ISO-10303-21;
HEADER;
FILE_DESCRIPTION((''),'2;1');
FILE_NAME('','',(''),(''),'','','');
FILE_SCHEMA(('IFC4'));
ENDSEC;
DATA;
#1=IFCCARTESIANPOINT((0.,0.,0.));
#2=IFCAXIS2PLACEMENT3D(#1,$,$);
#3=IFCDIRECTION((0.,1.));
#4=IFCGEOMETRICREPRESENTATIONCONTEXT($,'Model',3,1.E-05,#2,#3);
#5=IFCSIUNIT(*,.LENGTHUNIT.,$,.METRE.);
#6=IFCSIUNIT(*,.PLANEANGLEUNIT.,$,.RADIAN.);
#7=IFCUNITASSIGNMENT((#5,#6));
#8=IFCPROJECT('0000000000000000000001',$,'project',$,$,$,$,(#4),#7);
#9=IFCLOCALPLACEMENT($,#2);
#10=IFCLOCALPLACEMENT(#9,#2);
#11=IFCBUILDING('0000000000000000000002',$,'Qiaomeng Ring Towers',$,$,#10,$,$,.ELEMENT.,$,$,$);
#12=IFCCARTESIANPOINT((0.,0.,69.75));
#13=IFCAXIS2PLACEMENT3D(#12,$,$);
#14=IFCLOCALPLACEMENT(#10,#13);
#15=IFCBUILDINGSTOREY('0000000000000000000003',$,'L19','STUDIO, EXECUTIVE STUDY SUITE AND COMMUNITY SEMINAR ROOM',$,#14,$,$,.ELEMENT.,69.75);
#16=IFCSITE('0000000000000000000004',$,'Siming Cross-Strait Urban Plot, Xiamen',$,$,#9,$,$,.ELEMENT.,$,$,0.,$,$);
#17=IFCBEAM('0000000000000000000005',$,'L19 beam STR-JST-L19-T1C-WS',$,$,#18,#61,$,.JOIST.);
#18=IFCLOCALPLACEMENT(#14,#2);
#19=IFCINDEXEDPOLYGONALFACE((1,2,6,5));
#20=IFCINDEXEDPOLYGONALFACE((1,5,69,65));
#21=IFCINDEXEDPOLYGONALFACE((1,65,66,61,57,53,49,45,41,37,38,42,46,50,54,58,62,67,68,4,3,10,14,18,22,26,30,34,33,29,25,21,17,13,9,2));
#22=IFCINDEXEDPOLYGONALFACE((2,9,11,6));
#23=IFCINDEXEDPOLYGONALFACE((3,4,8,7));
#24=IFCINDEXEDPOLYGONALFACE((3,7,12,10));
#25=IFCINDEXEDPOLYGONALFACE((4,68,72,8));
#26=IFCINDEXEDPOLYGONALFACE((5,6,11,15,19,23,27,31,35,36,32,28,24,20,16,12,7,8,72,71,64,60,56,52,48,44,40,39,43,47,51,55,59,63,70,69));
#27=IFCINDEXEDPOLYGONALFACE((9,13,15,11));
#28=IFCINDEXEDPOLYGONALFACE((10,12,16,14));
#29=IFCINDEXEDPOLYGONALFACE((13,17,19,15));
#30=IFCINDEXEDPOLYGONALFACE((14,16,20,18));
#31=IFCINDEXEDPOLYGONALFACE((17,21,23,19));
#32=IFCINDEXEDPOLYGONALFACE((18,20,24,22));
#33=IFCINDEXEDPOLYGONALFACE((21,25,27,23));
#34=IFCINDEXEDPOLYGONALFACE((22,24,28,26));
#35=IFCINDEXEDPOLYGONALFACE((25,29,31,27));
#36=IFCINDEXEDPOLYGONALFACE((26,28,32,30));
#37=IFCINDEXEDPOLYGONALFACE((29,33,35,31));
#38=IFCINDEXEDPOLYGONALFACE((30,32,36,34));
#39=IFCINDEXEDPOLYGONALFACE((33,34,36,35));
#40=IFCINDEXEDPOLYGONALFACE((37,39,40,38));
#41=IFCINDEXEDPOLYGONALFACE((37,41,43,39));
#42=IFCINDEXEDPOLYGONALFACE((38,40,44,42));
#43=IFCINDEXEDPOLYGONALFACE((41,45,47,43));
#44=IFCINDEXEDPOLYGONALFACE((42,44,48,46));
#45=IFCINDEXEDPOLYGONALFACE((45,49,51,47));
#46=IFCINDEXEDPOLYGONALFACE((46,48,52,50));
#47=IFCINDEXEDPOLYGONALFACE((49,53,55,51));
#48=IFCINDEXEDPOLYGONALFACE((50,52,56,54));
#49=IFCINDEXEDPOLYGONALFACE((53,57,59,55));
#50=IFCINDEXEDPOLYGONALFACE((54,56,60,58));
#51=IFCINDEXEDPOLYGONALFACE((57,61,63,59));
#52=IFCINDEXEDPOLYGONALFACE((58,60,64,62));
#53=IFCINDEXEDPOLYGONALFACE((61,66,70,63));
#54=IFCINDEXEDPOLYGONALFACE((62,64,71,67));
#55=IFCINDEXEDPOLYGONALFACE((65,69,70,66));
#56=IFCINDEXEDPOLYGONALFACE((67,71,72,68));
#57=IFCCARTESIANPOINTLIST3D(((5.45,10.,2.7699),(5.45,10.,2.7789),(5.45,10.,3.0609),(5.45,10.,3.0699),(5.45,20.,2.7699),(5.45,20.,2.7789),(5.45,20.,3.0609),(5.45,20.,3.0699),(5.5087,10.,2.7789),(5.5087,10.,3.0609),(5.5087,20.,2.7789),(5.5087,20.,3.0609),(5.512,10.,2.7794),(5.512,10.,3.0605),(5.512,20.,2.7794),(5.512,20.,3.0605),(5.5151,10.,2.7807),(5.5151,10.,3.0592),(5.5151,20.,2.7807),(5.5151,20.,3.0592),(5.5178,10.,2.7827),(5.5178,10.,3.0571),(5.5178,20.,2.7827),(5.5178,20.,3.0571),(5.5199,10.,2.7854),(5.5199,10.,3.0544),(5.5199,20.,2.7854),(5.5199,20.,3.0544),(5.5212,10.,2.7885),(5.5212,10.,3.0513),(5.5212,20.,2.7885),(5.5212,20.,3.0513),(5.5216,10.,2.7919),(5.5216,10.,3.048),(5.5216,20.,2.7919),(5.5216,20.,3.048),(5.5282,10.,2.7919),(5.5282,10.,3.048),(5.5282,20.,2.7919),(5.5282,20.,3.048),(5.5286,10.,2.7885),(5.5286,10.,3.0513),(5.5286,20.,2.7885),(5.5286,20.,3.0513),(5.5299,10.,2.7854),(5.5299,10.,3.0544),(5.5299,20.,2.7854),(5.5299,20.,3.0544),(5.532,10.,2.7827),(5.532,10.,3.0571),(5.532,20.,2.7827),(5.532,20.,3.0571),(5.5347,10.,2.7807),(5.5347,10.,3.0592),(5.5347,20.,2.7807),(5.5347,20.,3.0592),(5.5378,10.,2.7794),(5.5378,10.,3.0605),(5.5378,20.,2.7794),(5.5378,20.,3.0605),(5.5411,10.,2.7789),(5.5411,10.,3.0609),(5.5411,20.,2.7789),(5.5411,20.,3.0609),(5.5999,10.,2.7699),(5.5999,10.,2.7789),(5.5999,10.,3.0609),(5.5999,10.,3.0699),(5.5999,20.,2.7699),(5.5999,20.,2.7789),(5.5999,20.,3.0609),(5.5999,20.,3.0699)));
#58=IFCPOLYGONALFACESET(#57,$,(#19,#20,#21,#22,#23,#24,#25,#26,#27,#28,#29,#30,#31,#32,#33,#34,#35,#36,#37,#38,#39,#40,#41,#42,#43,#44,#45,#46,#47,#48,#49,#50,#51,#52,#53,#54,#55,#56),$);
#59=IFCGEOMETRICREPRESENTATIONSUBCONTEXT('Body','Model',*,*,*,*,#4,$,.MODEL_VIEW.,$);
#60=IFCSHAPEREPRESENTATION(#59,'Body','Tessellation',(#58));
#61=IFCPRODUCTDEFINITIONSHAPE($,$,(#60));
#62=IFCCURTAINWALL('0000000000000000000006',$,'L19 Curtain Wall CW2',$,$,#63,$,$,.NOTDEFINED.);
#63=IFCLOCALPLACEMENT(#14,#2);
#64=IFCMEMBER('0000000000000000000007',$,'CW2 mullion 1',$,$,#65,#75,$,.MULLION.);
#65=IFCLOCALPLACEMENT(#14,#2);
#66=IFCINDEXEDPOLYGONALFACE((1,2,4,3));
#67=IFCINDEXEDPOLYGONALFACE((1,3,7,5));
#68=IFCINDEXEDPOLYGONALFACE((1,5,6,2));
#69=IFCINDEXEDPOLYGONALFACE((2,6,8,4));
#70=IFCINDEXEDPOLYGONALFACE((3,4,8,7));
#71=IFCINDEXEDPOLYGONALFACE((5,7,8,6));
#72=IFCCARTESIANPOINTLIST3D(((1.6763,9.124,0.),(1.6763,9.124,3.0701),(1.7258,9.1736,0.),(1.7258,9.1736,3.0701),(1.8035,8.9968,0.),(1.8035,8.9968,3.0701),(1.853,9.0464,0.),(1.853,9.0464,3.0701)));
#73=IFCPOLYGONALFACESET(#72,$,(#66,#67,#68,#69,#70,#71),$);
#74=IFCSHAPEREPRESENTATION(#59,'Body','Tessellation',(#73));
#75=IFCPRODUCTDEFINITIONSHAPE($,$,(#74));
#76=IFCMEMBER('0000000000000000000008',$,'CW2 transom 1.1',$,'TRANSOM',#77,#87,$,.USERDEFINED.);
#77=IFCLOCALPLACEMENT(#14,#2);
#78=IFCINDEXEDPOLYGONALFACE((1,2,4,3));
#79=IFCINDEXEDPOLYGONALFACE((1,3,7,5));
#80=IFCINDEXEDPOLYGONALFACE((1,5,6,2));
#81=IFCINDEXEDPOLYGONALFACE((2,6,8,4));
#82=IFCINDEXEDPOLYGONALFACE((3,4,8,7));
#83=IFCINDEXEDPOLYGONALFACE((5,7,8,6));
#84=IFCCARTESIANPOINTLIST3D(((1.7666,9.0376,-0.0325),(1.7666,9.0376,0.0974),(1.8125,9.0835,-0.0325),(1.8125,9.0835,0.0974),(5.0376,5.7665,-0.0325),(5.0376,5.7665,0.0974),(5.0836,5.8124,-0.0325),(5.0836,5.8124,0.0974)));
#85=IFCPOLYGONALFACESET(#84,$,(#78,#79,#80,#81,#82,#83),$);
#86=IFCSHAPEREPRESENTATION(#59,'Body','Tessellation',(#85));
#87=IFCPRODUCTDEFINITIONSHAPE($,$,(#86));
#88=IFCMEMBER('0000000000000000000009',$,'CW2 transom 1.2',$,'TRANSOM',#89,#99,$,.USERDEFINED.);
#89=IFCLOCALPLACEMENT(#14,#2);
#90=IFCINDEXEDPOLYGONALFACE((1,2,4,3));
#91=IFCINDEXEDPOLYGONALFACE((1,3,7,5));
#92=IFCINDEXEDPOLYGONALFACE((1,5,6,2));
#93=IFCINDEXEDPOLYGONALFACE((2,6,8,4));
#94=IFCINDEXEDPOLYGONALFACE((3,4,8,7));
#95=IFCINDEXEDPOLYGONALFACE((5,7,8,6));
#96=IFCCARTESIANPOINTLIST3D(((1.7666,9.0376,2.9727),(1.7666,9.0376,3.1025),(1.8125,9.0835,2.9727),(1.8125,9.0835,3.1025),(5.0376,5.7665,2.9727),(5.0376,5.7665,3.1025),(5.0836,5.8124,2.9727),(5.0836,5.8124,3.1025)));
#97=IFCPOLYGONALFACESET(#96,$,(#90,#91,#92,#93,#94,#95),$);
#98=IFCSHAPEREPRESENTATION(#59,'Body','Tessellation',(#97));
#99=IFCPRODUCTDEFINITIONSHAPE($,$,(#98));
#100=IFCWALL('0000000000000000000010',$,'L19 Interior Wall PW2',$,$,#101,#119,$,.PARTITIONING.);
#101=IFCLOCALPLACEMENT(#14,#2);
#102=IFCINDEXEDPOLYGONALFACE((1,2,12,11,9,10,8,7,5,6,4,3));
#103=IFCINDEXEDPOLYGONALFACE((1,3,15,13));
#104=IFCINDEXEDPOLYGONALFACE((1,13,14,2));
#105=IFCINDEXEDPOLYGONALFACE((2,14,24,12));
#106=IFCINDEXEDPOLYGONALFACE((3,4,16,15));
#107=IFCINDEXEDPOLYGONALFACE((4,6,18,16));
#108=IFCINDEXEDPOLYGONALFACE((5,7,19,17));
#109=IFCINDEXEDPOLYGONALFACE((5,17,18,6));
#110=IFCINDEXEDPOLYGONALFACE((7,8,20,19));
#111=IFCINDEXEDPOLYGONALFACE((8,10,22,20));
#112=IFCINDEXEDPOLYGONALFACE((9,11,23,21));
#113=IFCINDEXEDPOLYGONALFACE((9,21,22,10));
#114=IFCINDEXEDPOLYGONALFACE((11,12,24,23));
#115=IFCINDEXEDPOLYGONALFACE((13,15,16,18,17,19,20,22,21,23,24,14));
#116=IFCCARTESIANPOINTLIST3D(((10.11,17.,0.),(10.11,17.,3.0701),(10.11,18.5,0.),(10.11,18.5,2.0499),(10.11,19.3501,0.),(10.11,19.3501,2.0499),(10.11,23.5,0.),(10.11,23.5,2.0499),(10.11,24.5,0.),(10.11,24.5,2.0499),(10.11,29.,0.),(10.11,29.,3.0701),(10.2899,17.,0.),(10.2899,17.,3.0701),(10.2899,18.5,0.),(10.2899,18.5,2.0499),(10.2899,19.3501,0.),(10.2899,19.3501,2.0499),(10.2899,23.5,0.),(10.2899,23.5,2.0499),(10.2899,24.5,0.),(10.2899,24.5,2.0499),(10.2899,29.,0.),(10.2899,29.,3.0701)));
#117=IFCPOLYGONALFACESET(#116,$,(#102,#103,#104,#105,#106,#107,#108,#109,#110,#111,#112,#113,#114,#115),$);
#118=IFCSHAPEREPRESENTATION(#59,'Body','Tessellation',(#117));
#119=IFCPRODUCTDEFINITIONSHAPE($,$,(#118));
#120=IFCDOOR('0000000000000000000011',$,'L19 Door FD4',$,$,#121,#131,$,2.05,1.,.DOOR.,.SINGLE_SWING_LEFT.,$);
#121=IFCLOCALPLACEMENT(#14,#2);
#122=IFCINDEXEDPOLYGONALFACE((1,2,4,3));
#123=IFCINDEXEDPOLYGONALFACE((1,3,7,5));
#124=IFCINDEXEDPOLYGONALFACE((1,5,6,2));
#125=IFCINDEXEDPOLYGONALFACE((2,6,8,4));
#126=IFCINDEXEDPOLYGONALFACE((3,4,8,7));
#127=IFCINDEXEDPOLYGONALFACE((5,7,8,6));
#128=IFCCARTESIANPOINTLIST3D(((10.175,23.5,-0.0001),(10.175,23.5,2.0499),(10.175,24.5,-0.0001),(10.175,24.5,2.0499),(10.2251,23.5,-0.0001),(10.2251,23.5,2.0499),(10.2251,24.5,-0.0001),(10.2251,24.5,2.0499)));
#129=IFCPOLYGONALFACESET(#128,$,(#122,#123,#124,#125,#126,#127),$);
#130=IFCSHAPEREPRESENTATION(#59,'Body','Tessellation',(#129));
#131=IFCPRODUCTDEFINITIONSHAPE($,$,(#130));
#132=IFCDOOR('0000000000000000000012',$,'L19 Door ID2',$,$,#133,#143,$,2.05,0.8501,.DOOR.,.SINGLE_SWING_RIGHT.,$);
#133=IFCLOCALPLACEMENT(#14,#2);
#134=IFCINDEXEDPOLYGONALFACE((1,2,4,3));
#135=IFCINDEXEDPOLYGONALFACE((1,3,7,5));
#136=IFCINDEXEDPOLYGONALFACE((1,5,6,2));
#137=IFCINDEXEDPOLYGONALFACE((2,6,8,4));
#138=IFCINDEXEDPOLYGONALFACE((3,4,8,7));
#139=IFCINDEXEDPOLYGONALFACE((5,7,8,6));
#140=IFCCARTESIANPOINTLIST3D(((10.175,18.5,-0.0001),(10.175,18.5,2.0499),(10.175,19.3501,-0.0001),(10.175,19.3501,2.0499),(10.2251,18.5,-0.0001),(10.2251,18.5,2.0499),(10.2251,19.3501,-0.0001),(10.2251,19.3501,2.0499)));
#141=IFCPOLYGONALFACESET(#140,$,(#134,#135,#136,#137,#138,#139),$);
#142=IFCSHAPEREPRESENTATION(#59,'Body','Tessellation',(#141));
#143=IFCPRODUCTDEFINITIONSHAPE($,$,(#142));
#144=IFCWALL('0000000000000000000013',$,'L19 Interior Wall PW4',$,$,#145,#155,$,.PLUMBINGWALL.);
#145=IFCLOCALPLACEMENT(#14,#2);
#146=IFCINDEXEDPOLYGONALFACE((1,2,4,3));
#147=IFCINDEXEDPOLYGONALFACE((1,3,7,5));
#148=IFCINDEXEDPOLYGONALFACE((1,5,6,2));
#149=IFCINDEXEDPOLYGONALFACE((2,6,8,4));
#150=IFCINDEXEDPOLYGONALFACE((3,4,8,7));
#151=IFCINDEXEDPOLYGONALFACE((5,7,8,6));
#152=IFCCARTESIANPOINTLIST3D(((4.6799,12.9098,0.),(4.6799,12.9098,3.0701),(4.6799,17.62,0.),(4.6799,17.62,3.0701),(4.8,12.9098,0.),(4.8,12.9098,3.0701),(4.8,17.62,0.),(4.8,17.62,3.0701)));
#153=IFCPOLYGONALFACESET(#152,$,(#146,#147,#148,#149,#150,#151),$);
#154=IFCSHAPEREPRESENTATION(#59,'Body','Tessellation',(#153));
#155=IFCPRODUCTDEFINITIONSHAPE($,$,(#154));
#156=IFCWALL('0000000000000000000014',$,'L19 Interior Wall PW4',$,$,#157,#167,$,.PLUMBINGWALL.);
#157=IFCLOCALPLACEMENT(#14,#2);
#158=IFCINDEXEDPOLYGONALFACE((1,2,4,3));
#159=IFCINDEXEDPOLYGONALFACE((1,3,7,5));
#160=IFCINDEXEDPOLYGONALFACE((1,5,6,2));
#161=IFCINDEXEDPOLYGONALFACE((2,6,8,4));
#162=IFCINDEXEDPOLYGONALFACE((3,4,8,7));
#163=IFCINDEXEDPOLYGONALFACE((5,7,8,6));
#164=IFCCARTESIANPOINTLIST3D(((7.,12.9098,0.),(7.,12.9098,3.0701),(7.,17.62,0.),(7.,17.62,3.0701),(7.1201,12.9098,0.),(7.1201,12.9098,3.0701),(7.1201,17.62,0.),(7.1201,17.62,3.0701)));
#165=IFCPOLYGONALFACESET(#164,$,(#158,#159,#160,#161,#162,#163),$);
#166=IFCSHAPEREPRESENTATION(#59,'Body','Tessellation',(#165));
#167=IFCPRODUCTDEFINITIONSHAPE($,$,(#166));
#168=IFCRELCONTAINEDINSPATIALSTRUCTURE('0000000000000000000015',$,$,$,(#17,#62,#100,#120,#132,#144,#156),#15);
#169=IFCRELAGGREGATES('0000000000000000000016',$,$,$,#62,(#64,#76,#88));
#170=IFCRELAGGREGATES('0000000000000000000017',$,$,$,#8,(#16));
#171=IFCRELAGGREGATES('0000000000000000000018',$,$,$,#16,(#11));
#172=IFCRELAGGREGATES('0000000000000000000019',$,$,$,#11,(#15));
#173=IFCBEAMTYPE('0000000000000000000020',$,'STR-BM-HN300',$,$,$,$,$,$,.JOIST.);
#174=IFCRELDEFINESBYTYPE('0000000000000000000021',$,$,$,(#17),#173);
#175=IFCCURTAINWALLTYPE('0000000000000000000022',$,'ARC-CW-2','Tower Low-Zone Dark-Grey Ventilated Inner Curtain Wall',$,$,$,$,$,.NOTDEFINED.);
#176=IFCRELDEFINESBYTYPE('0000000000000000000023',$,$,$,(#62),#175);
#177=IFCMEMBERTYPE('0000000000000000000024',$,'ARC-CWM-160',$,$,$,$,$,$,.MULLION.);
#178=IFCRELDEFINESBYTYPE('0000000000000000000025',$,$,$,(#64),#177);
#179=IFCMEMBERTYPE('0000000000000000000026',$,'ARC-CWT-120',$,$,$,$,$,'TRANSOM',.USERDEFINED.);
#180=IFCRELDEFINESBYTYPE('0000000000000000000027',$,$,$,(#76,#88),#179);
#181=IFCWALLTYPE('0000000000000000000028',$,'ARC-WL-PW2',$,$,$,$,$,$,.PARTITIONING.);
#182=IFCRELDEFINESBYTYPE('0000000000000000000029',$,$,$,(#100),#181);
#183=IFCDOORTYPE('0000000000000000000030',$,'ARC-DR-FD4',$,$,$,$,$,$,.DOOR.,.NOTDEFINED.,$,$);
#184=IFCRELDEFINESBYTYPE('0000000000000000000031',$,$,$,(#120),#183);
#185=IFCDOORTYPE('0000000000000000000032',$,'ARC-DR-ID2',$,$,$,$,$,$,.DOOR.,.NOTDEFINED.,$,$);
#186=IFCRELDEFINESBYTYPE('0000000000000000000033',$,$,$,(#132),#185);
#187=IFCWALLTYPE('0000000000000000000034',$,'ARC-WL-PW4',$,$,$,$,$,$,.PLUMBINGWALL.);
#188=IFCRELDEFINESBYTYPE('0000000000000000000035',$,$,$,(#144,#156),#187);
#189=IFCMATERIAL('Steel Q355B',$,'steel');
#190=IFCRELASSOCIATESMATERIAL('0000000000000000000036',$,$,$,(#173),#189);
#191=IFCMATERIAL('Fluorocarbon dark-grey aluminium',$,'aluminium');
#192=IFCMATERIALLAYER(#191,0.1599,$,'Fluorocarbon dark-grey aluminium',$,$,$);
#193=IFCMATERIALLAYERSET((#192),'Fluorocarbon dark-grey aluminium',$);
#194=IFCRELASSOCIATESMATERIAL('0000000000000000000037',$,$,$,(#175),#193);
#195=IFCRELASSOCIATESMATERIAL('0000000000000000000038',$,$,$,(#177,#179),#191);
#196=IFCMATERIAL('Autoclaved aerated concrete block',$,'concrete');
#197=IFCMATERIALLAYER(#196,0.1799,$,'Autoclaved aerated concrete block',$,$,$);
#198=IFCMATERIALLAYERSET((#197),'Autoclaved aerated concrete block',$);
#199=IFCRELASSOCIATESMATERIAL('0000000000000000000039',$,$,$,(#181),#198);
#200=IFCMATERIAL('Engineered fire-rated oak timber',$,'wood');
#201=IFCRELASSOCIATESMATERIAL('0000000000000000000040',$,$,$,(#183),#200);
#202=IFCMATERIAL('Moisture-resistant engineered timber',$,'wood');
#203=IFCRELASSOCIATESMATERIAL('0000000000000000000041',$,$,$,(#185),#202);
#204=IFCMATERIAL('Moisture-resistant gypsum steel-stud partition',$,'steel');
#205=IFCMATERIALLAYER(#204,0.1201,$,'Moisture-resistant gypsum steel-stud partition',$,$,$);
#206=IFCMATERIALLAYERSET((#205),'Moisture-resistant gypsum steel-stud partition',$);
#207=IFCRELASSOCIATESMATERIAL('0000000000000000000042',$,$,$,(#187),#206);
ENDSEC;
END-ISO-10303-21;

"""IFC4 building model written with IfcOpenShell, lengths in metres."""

from ifc_helpers import new_model, si_unit, direction, frame, frame_2d, origin, origin_2d, place, context, subcontext, project, spatial, rectangle, i_section, extrude, source, transform, mapped, material, layer, layer_set, material_profile, profile_set, type_object, element, fill, aggregate, save


model = new_model("IFC4")

# Units and contexts
model_context = context("Model", 3, precision=1e-05, world=origin(), true_north=direction((0.0, 1.0)))
body_context = subcontext(model_context, "Body", "Model", "MODEL_VIEW")
ifc_project = project(units=[si_unit("LENGTHUNIT", "METRE"), si_unit("PLANEANGLEUNIT", "RADIAN")], contexts=[model_context])

# Site, building, storey
site_placement = place(None, origin())
site = spatial("IfcSite", under=ifc_project, at=site_placement, Name="Siming Cross-Strait Urban Plot, Xiamen", CompositionType="ELEMENT", RefElevation=0.0)
building_placement = place(site_placement, origin())
building = spatial("IfcBuilding", under=site, at=building_placement, Name="Qiaomeng Ring Towers", CompositionType="ELEMENT")
storey_placement = place(building_placement, frame((0.0, 0.0, 69.75)))
storey = spatial("IfcBuildingStorey", under=building, at=storey_placement, Name="L19", Description="STUDIO, EXECUTIVE STUDY SUITE AND COMMUNITY SEMINAR ROOM", CompositionType="ELEMENT", Elevation=69.75)

# Beam
ifc_material_1 = material(Name="Steel Q355B", Category="steel")
ifc_material_profile_1 = material_profile(ifc_material_1, i_section(OverallWidth=0.1499, OverallDepth=0.3, WebThickness=0.0066, FlangeThickness=0.009, FilletRadius=0.0129, at=origin_2d()), Name="HN 300x150x6.5x9")
ifc_profile_set_1 = profile_set([ifc_material_profile_1], Name="Steel Q355B")
beam_type = type_object("IfcBeamType", Name="STR-BM-HN300", PredefinedType="JOIST", material=ifc_profile_set_1)
shared_shape_1 = source(origin(), body_context, "Body", "SweptSolid", [
    extrude(i_section(OverallWidth=0.1499, OverallDepth=0.3, WebThickness=0.0066, FlangeThickness=0.009, FilletRadius=0.0129, at=origin_2d()), origin(), (0.0, 0.0, 1.0), 10.0),
])
beam_placement = place(storey_placement, frame((5.5249, 10.0, 2.9199), z_axis=(0.0, 1.0, 0.0), x_axis=(-1.0, 0.0, 0.0)))
element("IfcBeam", 1, at=beam_placement, inside=storey, type_object=beam_type, Name="L19 beam STR-JST-L19-T1C-WS", PredefinedType="JOIST", context=body_context, shape_type="MappedRepresentation", body=[
    mapped(shared_shape_1, transform((0.0, 0.0, 0.0), x_axis=(1.0, 0.0, 0.0), y_axis=(0.0, 1.0, 0.0), z_axis=(0.0, 0.0, 1.0), scale=1.0)),
])

# Curtain wall, members
ifc_material_2 = material(Name="Fluorocarbon dark-grey aluminium", Category="aluminium")
ifc_layer_1 = layer(ifc_material_2, 0.1599, Name="Fluorocarbon dark-grey aluminium")
ifc_layer_set_1 = layer_set([ifc_layer_1], Name="Fluorocarbon dark-grey aluminium")
curtain_wall_type = type_object("IfcCurtainWallType", Name="ARC-CW-2", Description="Tower Low-Zone Dark-Grey Ventilated Inner Curtain Wall", PredefinedType="NOTDEFINED", material=ifc_layer_set_1)
curtain_wall_placement = place(storey_placement, origin())
curtain_wall = element("IfcCurtainWall", 2, at=curtain_wall_placement, inside=storey, type_object=curtain_wall_type, Name="L19 Curtain Wall CW2", PredefinedType="NOTDEFINED")
ifc_material_profile_2 = material_profile(ifc_material_2, rectangle(XDim=0.0701, YDim=0.1799, at=origin_2d()), Name="ALU MULL 70x180")
ifc_profile_set_2 = profile_set([ifc_material_profile_2], Name="Fluorocarbon dark-grey aluminium")
member_type_1 = type_object("IfcMemberType", Name="ARC-CWM-160", PredefinedType="MULLION", material=ifc_profile_set_2)
shared_shape_2 = source(origin(), body_context, "Body", "SweptSolid", [
    extrude(rectangle(XDim=0.0701, YDim=0.1799, at=origin_2d()), origin(), (0.0, 0.0, 1.0), 3.0701),
])
member_1_placement = place(storey_placement, frame((1.7646, 9.0852, 0.0), z_axis=(0.0, 0.0, 1.0), x_axis=(0.707107, 0.707107, 0.0)))
member_1 = element("IfcMember", 3, at=member_1_placement, type_object=member_type_1, Name="CW2 mullion 1", PredefinedType="MULLION", context=body_context, shape_type="MappedRepresentation", body=[
    mapped(shared_shape_2, transform((0.0, 0.0, 0.0), x_axis=(1.0, 0.0, 0.0), y_axis=(0.0, 1.0, 0.0), z_axis=(0.0, 0.0, 1.0), scale=1.0)),
])
ifc_material_profile_3 = material_profile(ifc_material_2, rectangle(XDim=0.0649, YDim=0.1299, at=origin_2d()), Name="ALU TRAN 65x130")
ifc_profile_set_3 = profile_set([ifc_material_profile_3], Name="Fluorocarbon dark-grey aluminium")
member_type_2 = type_object("IfcMemberType", Name="ARC-CWT-120", ElementType="TRANSOM", PredefinedType="USERDEFINED", material=ifc_profile_set_3)
shared_shape_3 = source(origin(), body_context, "Body", "SweptSolid", [
    extrude(rectangle(XDim=0.0649, YDim=0.1299, at=origin_2d()), origin(), (0.0, 0.0, 1.0), 4.626),
])
member_2_placement = place(storey_placement, frame((1.7896, 9.0605, 0.0325), z_axis=(0.707107, -0.707107, 0.0), x_axis=(0.707107, 0.707107, 0.0)))
member_2 = element("IfcMember", 4, at=member_2_placement, type_object=member_type_2, Name="CW2 transom 1.1", ObjectType="TRANSOM", PredefinedType="USERDEFINED", context=body_context, shape_type="MappedRepresentation", body=[
    mapped(shared_shape_3, transform((0.0, 0.0, 0.0), x_axis=(1.0, 0.0, 0.0), y_axis=(0.0, 1.0, 0.0), z_axis=(0.0, 0.0, 1.0), scale=1.0)),
])
member_3_placement = place(storey_placement, frame((1.7896, 9.0605, 3.0376), z_axis=(0.707107, -0.707107, 0.0), x_axis=(0.707107, 0.707107, 0.0)))
member_3 = element("IfcMember", 5, at=member_3_placement, type_object=member_type_2, Name="CW2 transom 1.2", ObjectType="TRANSOM", PredefinedType="USERDEFINED", context=body_context, shape_type="MappedRepresentation", body=[
    mapped(shared_shape_3, transform((0.0, 0.0, 0.0), x_axis=(1.0, 0.0, 0.0), y_axis=(0.0, 1.0, 0.0), z_axis=(0.0, 0.0, 1.0), scale=1.0)),
])
aggregate(curtain_wall, [member_1, member_2, member_3])

# Wall, openings, doors
ifc_material_3 = material(Name="Autoclaved aerated concrete block", Category="concrete")
ifc_layer_2 = layer(ifc_material_3, 0.1799, Name="Autoclaved aerated concrete block")
ifc_layer_set_2 = layer_set([ifc_layer_2], Name="Autoclaved aerated concrete block")
wall_type_1 = type_object("IfcWallType", Name="ARC-WL-PW2", PredefinedType="PARTITIONING", material=ifc_layer_set_2)
wall_1_placement = place(storey_placement, frame((10.2, 17.0, 0.0), z_axis=(0.0, 0.0, 1.0), x_axis=(0.0, 1.0, 0.0)))
wall_1 = element("IfcWall", 6, at=wall_1_placement, inside=storey, type_object=wall_type_1, Name="L19 Interior Wall PW2", PredefinedType="PARTITIONING", context=body_context, shape_type="SweptSolid", body=[
    extrude(rectangle(XDim=12.0, YDim=0.1799, at=frame_2d((6.0, 0.0))), origin(), (0.0, 0.0, 1.0), 3.0701),
])
opening_1_placement = place(wall_1_placement, frame((1.5, 0.0, 0.0)))
opening_1 = element("IfcOpeningElement", 7, at=opening_1_placement, cuts=wall_1, PredefinedType="OPENING", context=body_context, shape_type="SweptSolid", body=[
    extrude(rectangle(XDim=0.8501, YDim=2.05, at=frame_2d((0.425, 1.0249))), frame((0.0, 0.0999, 0.0), z_axis=(0.0, -1.0, 0.0), x_axis=(1.0, 0.0, 0.0)), (0.0, 0.0, 1.0), 0.2),
])
opening_2_placement = place(wall_1_placement, frame((6.5, 0.0, 0.0)))
opening_2 = element("IfcOpeningElement", 8, at=opening_2_placement, cuts=wall_1, PredefinedType="OPENING", context=body_context, shape_type="SweptSolid", body=[
    extrude(rectangle(XDim=1.0, YDim=2.05, at=frame_2d((0.5, 1.0249))), frame((0.0, 0.0999, 0.0), z_axis=(0.0, -1.0, 0.0), x_axis=(1.0, 0.0, 0.0)), (0.0, 0.0, 1.0), 0.2),
])
ifc_material_4 = material(Name="Engineered fire-rated oak timber", Category="wood")
door_type_1 = type_object("IfcDoorType", Name="ARC-DR-FD4", OperationType="NOTDEFINED", PredefinedType="DOOR", material=ifc_material_4)
shared_shape_4 = source(origin(), body_context, "Body", "SweptSolid", [
    extrude(rectangle(XDim=1.0, YDim=2.05, at=frame_2d((0.5, 1.0249))), frame((0.0, 0.0249, 0.0), z_axis=(0.0, -1.0, 0.0), x_axis=(1.0, 0.0, 0.0)), (0.0, 0.0, 1.0), 0.05),
])
door_1_placement = place(opening_2_placement, origin())
door_1 = element("IfcDoor", 9, at=door_1_placement, inside=storey, type_object=door_type_1, Name="L19 Door FD4", OperationType="SINGLE_SWING_LEFT", OverallHeight=2.05, OverallWidth=1.0, PredefinedType="DOOR", context=body_context, shape_type="MappedRepresentation", body=[
    mapped(shared_shape_4, transform((0.0, 0.0, 0.0), x_axis=(1.0, 0.0, 0.0), y_axis=(0.0, 1.0, 0.0), z_axis=(0.0, 0.0, 1.0), scale=1.0)),
])
fill(opening_2, door_1)
ifc_material_5 = material(Name="Moisture-resistant engineered timber", Category="wood")
door_type_2 = type_object("IfcDoorType", Name="ARC-DR-ID2", OperationType="NOTDEFINED", PredefinedType="DOOR", material=ifc_material_5)
shared_shape_5 = source(origin(), body_context, "Body", "SweptSolid", [
    extrude(rectangle(XDim=0.8501, YDim=2.05, at=frame_2d((0.425, 1.0249))), frame((0.0, 0.0249, 0.0), z_axis=(0.0, -1.0, 0.0), x_axis=(1.0, 0.0, 0.0)), (0.0, 0.0, 1.0), 0.05),
])
door_2_placement = place(opening_1_placement, origin())
door_2 = element("IfcDoor", 10, at=door_2_placement, inside=storey, type_object=door_type_2, Name="L19 Door ID2", OperationType="SINGLE_SWING_RIGHT", OverallHeight=2.05, OverallWidth=0.8501, PredefinedType="DOOR", context=body_context, shape_type="MappedRepresentation", body=[
    mapped(shared_shape_5, transform((0.0, 0.0, 0.0), x_axis=(1.0, 0.0, 0.0), y_axis=(0.0, 1.0, 0.0), z_axis=(0.0, 0.0, 1.0), scale=1.0)),
])
fill(opening_1, door_2)

# Walls
ifc_material_6 = material(Name="Moisture-resistant gypsum steel-stud partition", Category="steel")
ifc_layer_3 = layer(ifc_material_6, 0.1201, Name="Moisture-resistant gypsum steel-stud partition")
ifc_layer_set_3 = layer_set([ifc_layer_3], Name="Moisture-resistant gypsum steel-stud partition")
wall_type_2 = type_object("IfcWallType", Name="ARC-WL-PW4", PredefinedType="PLUMBINGWALL", material=ifc_layer_set_3)
for number, where, z_axis, x_axis, name in (
    (11, (4.74, 12.9099, 0.0), (0.0, 0.0, 1.0), (0.0, 1.0, 0.0), "L19 Interior Wall PW4"),
    (12, (7.0601, 12.9099, 0.0), (0.0, 0.0, 1.0), (0.0, 1.0, 0.0), "L19 Interior Wall PW4"),
):
    element("IfcWall", number, at=place(storey_placement, frame(where, z_axis=z_axis, x_axis=x_axis)), inside=storey, type_object=wall_type_2, Name=name, PredefinedType="PLUMBINGWALL", context=body_context, shape_type="SweptSolid", body=[
        extrude(rectangle(XDim=4.7102, YDim=0.1201, at=frame_2d((2.355, 0.0))), origin(), (0.0, 0.0, 1.0), 3.0701),
    ])

save(model, "model.ifc")
